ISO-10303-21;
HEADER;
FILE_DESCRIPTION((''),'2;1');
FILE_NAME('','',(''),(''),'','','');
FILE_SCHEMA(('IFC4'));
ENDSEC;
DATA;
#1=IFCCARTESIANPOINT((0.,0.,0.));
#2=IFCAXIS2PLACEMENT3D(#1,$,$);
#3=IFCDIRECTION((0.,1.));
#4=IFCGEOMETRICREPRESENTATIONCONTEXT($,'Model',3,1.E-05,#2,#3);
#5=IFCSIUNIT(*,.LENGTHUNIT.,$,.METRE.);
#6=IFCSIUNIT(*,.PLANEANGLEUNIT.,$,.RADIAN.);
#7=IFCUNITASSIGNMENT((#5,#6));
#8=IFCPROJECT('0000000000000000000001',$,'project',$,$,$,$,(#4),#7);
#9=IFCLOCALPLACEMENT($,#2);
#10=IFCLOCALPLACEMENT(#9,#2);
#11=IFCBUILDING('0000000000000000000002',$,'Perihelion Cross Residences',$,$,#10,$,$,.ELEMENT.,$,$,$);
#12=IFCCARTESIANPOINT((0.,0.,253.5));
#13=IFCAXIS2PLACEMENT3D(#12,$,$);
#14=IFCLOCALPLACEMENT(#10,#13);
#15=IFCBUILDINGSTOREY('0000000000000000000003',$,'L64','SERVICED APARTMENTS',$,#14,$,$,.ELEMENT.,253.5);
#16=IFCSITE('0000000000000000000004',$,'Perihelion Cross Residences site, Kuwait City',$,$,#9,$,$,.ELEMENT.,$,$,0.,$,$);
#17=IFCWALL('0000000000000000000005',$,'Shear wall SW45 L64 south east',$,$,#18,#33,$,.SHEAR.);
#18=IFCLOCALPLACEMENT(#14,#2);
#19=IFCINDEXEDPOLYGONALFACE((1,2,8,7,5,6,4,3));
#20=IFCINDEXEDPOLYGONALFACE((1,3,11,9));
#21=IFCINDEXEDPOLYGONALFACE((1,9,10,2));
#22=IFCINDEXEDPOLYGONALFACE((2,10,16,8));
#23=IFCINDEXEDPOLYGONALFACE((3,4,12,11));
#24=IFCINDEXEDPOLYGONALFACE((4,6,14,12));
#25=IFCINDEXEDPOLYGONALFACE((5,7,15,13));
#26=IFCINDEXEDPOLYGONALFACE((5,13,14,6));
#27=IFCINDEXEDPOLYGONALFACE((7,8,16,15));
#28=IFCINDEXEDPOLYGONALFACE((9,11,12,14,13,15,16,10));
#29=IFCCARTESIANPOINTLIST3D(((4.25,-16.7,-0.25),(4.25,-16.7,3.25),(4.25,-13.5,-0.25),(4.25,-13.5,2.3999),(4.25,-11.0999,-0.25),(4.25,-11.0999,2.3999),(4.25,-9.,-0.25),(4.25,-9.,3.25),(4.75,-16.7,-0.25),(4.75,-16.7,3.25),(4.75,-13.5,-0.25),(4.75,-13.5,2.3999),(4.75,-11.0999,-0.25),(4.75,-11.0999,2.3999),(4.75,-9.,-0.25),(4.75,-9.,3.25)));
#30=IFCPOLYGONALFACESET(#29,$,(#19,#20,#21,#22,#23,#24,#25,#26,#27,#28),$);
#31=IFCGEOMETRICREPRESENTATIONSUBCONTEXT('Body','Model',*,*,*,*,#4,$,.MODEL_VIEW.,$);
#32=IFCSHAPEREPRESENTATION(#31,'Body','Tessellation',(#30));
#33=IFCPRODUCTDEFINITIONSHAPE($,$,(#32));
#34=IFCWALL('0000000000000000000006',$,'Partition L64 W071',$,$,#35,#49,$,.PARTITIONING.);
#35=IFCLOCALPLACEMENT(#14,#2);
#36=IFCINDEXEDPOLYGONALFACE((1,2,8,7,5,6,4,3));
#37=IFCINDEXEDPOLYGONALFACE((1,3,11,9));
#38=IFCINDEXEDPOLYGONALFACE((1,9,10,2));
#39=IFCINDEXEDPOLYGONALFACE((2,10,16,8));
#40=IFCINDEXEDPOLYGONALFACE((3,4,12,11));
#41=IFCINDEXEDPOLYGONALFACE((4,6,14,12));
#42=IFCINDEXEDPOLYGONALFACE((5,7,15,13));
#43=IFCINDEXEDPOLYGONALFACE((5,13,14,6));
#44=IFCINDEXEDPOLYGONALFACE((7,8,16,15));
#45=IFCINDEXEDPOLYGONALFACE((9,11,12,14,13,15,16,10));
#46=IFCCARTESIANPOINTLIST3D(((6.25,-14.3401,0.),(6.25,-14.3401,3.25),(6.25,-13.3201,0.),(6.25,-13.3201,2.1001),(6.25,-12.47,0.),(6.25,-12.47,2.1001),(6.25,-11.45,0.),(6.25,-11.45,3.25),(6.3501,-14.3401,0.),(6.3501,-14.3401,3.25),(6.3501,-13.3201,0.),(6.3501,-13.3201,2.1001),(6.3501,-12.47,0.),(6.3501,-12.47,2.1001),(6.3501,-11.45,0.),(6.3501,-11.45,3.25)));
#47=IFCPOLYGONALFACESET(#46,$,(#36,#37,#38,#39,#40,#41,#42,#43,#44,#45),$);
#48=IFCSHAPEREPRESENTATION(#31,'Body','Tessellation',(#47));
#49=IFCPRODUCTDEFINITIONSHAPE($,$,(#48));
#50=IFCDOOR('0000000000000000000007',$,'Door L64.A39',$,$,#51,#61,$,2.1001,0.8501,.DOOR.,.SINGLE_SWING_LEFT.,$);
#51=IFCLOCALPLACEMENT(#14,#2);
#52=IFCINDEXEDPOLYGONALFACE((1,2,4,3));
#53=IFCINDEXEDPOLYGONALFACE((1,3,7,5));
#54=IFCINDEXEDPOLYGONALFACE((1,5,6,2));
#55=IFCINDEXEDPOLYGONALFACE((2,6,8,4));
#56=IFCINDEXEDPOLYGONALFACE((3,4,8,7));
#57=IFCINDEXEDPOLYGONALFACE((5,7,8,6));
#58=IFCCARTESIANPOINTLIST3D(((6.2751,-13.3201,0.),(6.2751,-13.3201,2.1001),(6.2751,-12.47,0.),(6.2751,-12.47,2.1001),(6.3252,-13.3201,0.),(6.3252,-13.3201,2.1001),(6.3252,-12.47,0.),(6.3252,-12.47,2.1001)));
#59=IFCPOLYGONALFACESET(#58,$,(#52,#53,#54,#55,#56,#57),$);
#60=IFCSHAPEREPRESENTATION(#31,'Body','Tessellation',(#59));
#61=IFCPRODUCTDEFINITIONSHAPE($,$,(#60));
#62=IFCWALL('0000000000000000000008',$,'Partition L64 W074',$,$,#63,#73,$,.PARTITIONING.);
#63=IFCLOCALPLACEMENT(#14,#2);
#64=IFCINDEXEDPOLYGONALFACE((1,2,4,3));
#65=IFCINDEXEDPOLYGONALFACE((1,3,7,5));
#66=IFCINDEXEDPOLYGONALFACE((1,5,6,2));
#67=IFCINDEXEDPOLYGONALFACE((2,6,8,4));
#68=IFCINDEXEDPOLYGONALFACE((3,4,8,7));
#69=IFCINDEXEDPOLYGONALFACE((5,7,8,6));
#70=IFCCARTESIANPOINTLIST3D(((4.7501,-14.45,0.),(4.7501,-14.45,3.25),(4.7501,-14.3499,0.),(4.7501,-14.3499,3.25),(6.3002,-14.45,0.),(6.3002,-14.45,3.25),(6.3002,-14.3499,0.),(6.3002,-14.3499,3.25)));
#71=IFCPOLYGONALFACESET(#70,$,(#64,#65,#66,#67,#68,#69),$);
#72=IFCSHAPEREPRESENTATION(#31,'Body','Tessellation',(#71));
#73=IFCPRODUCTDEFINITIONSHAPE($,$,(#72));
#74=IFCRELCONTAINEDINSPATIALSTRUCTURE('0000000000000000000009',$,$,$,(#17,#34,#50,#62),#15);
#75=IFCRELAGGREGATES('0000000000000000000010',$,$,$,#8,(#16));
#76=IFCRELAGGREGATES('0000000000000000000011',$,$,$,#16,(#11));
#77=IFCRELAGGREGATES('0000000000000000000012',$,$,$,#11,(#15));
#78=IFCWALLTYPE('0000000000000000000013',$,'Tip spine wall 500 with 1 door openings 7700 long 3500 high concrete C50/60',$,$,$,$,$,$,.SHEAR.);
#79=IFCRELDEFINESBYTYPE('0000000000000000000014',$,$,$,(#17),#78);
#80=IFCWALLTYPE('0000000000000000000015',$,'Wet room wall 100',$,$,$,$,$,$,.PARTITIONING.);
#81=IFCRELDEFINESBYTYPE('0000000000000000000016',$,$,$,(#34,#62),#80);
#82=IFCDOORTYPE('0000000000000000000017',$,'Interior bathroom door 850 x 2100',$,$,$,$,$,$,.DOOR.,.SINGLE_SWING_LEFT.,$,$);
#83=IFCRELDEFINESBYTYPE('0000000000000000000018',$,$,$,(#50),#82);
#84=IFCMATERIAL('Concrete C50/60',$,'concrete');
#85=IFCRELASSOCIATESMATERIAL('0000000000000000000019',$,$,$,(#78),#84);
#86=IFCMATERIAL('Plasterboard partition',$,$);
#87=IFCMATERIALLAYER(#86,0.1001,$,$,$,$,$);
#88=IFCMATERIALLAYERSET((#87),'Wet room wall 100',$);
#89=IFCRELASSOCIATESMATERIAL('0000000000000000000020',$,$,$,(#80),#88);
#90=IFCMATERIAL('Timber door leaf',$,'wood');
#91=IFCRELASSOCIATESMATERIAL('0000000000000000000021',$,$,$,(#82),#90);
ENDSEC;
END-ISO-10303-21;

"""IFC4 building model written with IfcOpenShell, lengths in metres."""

from ifc_helpers import new_model, si_unit, direction, frame, frame_2d, origin, place, context, subcontext, project, spatial, polyline, rectangle, outline, extrude, material, layer, layer_set, material_profile, profile_set, type_object, element, fill, save


model = new_model("IFC4")

# Units and contexts
model_context = context("Model", 3, precision=1e-05, world=origin(), true_north=direction((0.0, 1.0)))
body_context = subcontext(model_context, "Body", "Model", "MODEL_VIEW")
ifc_project = project(units=[si_unit("LENGTHUNIT", "METRE"), si_unit("PLANEANGLEUNIT", "RADIAN")], contexts=[model_context])

# Site, building, storey
site_placement = place(None, origin())
site = spatial("IfcSite", under=ifc_project, at=site_placement, Name="Perihelion Cross Residences site, Kuwait City", CompositionType="ELEMENT", RefElevation=0.0)
building_placement = place(site_placement, origin())
building = spatial("IfcBuilding", under=site, at=building_placement, Name="Perihelion Cross Residences", CompositionType="ELEMENT")
storey_placement = place(building_placement, frame((0.0, 0.0, 253.5)))
storey = spatial("IfcBuildingStorey", under=building, at=storey_placement, Name="L64", Description="SERVICED APARTMENTS", CompositionType="ELEMENT", Elevation=253.5)

# Wall
ifc_material_1 = material(Name="Concrete C50/60", Category="concrete")
ifc_material_profile_1 = material_profile(ifc_material_1, outline(polyline([(0.0, 0.0), (3.2, 0.0), (3.2, 2.6499), (5.6001, 2.6499), (5.6001, 0.0), (7.7, 0.0), (7.7, 3.5), (0.0, 3.5), (0.0, 0.0)])), Name="Tip spine wall")
ifc_profile_set_1 = profile_set([ifc_material_profile_1], Name="Concrete C50/60")
wall_type_1 = type_object("IfcWallType", Name="Tip spine wall 500 with 1 door openings 7700 long 3500 high concrete C50/60", PredefinedType="SHEAR", material=ifc_profile_set_1)
wall_1_placement = place(storey_placement, frame((4.25, -16.7, -0.25), z_axis=(1.0, 0.0, 0.0), x_axis=(0.0, 1.0, 0.0)))
element("IfcWall", 1, at=wall_1_placement, inside=storey, type_object=wall_type_1, Name="Shear wall SW45 L64 south east", PredefinedType="SHEAR", context=body_context, shape_type="SweptSolid", body=[
    extrude(outline(polyline([(0.0, 0.0), (3.2, 0.0), (3.2, 2.6499), (5.6001, 2.6499), (5.6001, 0.0), (7.7, 0.0), (7.7, 3.5), (0.0, 3.5), (0.0, 0.0)])), origin(), (0.0, 0.0, 1.0), 0.5),
])

# Wall, opening, door
ifc_material_2 = material(Name="Plasterboard partition")
ifc_layer_1 = layer(ifc_material_2, 0.1001)
ifc_layer_set_1 = layer_set([ifc_layer_1], Name="Wet room wall 100")
wall_type_2 = type_object("IfcWallType", Name="Wet room wall 100", PredefinedType="PARTITIONING", material=ifc_layer_set_1)
wall_2_placement = place(storey_placement, frame((6.3, -14.3401, 0.0), z_axis=(0.0, 0.0, 1.0), x_axis=(0.0, 1.0, 0.0)))
wall_2 = element("IfcWall", 2, at=wall_2_placement, inside=storey, type_object=wall_type_2, Name="Partition L64 W071", PredefinedType="PARTITIONING", context=body_context, shape_type="SweptSolid", body=[
    extrude(rectangle(XDim=2.8901, YDim=0.1001, at=frame_2d((1.4451, 0.0))), origin(), (0.0, 0.0, 1.0), 3.25),
])
opening_1_placement = place(wall_2_placement, frame((1.02, 0.0, 0.0)))
opening_1 = element("IfcOpeningElement", 3, at=opening_1_placement, cuts=wall_2, PredefinedType="OPENING", context=body_context, shape_type="SweptSolid", body=[
    extrude(rectangle(XDim=0.8501, YDim=2.1001, at=frame_2d((0.425, 1.05))), frame((0.0, 0.0601, 0.0), z_axis=(0.0, -1.0, 0.0), x_axis=(1.0, 0.0, 0.0)), (0.0, 0.0, 1.0), 0.1201),
])
ifc_material_3 = material(Name="Timber door leaf", Category="wood")
door_type_1 = type_object("IfcDoorType", Name="Interior bathroom door 850 x 2100", OperationType="SINGLE_SWING_LEFT", PredefinedType="DOOR", material=ifc_material_3)
door_1_placement = place(opening_1_placement, origin())
door_1 = element("IfcDoor", 4, at=door_1_placement, inside=storey, type_object=door_type_1, Name="Door L64.A39", OperationType="SINGLE_SWING_LEFT", OverallHeight=2.1001, OverallWidth=0.8501, PredefinedType="DOOR", context=body_context, shape_type="SweptSolid", body=[
    extrude(rectangle(XDim=0.8501, YDim=2.1001, at=frame_2d((0.425, 1.05))), frame((0.0, 0.0249, 0.0), z_axis=(0.0, -1.0, 0.0), x_axis=(1.0, 0.0, 0.0)), (0.0, 0.0, 1.0), 0.05),
])
fill(opening_1, door_1)

# Wall
wall_3_placement = place(storey_placement, frame((6.3, -14.3999, 0.0), z_axis=(0.0, 0.0, 1.0), x_axis=(-1.0, 0.0, 0.0)))
element("IfcWall", 5, at=wall_3_placement, inside=storey, type_object=wall_type_2, Name="Partition L64 W074", PredefinedType="PARTITIONING", context=body_context, shape_type="SweptSolid", body=[
    extrude(rectangle(XDim=1.55, YDim=0.1001, at=frame_2d((0.7749, 0.0))), origin(), (0.0, 0.0, 1.0), 3.25),
])

save(model, "model.ifc")
